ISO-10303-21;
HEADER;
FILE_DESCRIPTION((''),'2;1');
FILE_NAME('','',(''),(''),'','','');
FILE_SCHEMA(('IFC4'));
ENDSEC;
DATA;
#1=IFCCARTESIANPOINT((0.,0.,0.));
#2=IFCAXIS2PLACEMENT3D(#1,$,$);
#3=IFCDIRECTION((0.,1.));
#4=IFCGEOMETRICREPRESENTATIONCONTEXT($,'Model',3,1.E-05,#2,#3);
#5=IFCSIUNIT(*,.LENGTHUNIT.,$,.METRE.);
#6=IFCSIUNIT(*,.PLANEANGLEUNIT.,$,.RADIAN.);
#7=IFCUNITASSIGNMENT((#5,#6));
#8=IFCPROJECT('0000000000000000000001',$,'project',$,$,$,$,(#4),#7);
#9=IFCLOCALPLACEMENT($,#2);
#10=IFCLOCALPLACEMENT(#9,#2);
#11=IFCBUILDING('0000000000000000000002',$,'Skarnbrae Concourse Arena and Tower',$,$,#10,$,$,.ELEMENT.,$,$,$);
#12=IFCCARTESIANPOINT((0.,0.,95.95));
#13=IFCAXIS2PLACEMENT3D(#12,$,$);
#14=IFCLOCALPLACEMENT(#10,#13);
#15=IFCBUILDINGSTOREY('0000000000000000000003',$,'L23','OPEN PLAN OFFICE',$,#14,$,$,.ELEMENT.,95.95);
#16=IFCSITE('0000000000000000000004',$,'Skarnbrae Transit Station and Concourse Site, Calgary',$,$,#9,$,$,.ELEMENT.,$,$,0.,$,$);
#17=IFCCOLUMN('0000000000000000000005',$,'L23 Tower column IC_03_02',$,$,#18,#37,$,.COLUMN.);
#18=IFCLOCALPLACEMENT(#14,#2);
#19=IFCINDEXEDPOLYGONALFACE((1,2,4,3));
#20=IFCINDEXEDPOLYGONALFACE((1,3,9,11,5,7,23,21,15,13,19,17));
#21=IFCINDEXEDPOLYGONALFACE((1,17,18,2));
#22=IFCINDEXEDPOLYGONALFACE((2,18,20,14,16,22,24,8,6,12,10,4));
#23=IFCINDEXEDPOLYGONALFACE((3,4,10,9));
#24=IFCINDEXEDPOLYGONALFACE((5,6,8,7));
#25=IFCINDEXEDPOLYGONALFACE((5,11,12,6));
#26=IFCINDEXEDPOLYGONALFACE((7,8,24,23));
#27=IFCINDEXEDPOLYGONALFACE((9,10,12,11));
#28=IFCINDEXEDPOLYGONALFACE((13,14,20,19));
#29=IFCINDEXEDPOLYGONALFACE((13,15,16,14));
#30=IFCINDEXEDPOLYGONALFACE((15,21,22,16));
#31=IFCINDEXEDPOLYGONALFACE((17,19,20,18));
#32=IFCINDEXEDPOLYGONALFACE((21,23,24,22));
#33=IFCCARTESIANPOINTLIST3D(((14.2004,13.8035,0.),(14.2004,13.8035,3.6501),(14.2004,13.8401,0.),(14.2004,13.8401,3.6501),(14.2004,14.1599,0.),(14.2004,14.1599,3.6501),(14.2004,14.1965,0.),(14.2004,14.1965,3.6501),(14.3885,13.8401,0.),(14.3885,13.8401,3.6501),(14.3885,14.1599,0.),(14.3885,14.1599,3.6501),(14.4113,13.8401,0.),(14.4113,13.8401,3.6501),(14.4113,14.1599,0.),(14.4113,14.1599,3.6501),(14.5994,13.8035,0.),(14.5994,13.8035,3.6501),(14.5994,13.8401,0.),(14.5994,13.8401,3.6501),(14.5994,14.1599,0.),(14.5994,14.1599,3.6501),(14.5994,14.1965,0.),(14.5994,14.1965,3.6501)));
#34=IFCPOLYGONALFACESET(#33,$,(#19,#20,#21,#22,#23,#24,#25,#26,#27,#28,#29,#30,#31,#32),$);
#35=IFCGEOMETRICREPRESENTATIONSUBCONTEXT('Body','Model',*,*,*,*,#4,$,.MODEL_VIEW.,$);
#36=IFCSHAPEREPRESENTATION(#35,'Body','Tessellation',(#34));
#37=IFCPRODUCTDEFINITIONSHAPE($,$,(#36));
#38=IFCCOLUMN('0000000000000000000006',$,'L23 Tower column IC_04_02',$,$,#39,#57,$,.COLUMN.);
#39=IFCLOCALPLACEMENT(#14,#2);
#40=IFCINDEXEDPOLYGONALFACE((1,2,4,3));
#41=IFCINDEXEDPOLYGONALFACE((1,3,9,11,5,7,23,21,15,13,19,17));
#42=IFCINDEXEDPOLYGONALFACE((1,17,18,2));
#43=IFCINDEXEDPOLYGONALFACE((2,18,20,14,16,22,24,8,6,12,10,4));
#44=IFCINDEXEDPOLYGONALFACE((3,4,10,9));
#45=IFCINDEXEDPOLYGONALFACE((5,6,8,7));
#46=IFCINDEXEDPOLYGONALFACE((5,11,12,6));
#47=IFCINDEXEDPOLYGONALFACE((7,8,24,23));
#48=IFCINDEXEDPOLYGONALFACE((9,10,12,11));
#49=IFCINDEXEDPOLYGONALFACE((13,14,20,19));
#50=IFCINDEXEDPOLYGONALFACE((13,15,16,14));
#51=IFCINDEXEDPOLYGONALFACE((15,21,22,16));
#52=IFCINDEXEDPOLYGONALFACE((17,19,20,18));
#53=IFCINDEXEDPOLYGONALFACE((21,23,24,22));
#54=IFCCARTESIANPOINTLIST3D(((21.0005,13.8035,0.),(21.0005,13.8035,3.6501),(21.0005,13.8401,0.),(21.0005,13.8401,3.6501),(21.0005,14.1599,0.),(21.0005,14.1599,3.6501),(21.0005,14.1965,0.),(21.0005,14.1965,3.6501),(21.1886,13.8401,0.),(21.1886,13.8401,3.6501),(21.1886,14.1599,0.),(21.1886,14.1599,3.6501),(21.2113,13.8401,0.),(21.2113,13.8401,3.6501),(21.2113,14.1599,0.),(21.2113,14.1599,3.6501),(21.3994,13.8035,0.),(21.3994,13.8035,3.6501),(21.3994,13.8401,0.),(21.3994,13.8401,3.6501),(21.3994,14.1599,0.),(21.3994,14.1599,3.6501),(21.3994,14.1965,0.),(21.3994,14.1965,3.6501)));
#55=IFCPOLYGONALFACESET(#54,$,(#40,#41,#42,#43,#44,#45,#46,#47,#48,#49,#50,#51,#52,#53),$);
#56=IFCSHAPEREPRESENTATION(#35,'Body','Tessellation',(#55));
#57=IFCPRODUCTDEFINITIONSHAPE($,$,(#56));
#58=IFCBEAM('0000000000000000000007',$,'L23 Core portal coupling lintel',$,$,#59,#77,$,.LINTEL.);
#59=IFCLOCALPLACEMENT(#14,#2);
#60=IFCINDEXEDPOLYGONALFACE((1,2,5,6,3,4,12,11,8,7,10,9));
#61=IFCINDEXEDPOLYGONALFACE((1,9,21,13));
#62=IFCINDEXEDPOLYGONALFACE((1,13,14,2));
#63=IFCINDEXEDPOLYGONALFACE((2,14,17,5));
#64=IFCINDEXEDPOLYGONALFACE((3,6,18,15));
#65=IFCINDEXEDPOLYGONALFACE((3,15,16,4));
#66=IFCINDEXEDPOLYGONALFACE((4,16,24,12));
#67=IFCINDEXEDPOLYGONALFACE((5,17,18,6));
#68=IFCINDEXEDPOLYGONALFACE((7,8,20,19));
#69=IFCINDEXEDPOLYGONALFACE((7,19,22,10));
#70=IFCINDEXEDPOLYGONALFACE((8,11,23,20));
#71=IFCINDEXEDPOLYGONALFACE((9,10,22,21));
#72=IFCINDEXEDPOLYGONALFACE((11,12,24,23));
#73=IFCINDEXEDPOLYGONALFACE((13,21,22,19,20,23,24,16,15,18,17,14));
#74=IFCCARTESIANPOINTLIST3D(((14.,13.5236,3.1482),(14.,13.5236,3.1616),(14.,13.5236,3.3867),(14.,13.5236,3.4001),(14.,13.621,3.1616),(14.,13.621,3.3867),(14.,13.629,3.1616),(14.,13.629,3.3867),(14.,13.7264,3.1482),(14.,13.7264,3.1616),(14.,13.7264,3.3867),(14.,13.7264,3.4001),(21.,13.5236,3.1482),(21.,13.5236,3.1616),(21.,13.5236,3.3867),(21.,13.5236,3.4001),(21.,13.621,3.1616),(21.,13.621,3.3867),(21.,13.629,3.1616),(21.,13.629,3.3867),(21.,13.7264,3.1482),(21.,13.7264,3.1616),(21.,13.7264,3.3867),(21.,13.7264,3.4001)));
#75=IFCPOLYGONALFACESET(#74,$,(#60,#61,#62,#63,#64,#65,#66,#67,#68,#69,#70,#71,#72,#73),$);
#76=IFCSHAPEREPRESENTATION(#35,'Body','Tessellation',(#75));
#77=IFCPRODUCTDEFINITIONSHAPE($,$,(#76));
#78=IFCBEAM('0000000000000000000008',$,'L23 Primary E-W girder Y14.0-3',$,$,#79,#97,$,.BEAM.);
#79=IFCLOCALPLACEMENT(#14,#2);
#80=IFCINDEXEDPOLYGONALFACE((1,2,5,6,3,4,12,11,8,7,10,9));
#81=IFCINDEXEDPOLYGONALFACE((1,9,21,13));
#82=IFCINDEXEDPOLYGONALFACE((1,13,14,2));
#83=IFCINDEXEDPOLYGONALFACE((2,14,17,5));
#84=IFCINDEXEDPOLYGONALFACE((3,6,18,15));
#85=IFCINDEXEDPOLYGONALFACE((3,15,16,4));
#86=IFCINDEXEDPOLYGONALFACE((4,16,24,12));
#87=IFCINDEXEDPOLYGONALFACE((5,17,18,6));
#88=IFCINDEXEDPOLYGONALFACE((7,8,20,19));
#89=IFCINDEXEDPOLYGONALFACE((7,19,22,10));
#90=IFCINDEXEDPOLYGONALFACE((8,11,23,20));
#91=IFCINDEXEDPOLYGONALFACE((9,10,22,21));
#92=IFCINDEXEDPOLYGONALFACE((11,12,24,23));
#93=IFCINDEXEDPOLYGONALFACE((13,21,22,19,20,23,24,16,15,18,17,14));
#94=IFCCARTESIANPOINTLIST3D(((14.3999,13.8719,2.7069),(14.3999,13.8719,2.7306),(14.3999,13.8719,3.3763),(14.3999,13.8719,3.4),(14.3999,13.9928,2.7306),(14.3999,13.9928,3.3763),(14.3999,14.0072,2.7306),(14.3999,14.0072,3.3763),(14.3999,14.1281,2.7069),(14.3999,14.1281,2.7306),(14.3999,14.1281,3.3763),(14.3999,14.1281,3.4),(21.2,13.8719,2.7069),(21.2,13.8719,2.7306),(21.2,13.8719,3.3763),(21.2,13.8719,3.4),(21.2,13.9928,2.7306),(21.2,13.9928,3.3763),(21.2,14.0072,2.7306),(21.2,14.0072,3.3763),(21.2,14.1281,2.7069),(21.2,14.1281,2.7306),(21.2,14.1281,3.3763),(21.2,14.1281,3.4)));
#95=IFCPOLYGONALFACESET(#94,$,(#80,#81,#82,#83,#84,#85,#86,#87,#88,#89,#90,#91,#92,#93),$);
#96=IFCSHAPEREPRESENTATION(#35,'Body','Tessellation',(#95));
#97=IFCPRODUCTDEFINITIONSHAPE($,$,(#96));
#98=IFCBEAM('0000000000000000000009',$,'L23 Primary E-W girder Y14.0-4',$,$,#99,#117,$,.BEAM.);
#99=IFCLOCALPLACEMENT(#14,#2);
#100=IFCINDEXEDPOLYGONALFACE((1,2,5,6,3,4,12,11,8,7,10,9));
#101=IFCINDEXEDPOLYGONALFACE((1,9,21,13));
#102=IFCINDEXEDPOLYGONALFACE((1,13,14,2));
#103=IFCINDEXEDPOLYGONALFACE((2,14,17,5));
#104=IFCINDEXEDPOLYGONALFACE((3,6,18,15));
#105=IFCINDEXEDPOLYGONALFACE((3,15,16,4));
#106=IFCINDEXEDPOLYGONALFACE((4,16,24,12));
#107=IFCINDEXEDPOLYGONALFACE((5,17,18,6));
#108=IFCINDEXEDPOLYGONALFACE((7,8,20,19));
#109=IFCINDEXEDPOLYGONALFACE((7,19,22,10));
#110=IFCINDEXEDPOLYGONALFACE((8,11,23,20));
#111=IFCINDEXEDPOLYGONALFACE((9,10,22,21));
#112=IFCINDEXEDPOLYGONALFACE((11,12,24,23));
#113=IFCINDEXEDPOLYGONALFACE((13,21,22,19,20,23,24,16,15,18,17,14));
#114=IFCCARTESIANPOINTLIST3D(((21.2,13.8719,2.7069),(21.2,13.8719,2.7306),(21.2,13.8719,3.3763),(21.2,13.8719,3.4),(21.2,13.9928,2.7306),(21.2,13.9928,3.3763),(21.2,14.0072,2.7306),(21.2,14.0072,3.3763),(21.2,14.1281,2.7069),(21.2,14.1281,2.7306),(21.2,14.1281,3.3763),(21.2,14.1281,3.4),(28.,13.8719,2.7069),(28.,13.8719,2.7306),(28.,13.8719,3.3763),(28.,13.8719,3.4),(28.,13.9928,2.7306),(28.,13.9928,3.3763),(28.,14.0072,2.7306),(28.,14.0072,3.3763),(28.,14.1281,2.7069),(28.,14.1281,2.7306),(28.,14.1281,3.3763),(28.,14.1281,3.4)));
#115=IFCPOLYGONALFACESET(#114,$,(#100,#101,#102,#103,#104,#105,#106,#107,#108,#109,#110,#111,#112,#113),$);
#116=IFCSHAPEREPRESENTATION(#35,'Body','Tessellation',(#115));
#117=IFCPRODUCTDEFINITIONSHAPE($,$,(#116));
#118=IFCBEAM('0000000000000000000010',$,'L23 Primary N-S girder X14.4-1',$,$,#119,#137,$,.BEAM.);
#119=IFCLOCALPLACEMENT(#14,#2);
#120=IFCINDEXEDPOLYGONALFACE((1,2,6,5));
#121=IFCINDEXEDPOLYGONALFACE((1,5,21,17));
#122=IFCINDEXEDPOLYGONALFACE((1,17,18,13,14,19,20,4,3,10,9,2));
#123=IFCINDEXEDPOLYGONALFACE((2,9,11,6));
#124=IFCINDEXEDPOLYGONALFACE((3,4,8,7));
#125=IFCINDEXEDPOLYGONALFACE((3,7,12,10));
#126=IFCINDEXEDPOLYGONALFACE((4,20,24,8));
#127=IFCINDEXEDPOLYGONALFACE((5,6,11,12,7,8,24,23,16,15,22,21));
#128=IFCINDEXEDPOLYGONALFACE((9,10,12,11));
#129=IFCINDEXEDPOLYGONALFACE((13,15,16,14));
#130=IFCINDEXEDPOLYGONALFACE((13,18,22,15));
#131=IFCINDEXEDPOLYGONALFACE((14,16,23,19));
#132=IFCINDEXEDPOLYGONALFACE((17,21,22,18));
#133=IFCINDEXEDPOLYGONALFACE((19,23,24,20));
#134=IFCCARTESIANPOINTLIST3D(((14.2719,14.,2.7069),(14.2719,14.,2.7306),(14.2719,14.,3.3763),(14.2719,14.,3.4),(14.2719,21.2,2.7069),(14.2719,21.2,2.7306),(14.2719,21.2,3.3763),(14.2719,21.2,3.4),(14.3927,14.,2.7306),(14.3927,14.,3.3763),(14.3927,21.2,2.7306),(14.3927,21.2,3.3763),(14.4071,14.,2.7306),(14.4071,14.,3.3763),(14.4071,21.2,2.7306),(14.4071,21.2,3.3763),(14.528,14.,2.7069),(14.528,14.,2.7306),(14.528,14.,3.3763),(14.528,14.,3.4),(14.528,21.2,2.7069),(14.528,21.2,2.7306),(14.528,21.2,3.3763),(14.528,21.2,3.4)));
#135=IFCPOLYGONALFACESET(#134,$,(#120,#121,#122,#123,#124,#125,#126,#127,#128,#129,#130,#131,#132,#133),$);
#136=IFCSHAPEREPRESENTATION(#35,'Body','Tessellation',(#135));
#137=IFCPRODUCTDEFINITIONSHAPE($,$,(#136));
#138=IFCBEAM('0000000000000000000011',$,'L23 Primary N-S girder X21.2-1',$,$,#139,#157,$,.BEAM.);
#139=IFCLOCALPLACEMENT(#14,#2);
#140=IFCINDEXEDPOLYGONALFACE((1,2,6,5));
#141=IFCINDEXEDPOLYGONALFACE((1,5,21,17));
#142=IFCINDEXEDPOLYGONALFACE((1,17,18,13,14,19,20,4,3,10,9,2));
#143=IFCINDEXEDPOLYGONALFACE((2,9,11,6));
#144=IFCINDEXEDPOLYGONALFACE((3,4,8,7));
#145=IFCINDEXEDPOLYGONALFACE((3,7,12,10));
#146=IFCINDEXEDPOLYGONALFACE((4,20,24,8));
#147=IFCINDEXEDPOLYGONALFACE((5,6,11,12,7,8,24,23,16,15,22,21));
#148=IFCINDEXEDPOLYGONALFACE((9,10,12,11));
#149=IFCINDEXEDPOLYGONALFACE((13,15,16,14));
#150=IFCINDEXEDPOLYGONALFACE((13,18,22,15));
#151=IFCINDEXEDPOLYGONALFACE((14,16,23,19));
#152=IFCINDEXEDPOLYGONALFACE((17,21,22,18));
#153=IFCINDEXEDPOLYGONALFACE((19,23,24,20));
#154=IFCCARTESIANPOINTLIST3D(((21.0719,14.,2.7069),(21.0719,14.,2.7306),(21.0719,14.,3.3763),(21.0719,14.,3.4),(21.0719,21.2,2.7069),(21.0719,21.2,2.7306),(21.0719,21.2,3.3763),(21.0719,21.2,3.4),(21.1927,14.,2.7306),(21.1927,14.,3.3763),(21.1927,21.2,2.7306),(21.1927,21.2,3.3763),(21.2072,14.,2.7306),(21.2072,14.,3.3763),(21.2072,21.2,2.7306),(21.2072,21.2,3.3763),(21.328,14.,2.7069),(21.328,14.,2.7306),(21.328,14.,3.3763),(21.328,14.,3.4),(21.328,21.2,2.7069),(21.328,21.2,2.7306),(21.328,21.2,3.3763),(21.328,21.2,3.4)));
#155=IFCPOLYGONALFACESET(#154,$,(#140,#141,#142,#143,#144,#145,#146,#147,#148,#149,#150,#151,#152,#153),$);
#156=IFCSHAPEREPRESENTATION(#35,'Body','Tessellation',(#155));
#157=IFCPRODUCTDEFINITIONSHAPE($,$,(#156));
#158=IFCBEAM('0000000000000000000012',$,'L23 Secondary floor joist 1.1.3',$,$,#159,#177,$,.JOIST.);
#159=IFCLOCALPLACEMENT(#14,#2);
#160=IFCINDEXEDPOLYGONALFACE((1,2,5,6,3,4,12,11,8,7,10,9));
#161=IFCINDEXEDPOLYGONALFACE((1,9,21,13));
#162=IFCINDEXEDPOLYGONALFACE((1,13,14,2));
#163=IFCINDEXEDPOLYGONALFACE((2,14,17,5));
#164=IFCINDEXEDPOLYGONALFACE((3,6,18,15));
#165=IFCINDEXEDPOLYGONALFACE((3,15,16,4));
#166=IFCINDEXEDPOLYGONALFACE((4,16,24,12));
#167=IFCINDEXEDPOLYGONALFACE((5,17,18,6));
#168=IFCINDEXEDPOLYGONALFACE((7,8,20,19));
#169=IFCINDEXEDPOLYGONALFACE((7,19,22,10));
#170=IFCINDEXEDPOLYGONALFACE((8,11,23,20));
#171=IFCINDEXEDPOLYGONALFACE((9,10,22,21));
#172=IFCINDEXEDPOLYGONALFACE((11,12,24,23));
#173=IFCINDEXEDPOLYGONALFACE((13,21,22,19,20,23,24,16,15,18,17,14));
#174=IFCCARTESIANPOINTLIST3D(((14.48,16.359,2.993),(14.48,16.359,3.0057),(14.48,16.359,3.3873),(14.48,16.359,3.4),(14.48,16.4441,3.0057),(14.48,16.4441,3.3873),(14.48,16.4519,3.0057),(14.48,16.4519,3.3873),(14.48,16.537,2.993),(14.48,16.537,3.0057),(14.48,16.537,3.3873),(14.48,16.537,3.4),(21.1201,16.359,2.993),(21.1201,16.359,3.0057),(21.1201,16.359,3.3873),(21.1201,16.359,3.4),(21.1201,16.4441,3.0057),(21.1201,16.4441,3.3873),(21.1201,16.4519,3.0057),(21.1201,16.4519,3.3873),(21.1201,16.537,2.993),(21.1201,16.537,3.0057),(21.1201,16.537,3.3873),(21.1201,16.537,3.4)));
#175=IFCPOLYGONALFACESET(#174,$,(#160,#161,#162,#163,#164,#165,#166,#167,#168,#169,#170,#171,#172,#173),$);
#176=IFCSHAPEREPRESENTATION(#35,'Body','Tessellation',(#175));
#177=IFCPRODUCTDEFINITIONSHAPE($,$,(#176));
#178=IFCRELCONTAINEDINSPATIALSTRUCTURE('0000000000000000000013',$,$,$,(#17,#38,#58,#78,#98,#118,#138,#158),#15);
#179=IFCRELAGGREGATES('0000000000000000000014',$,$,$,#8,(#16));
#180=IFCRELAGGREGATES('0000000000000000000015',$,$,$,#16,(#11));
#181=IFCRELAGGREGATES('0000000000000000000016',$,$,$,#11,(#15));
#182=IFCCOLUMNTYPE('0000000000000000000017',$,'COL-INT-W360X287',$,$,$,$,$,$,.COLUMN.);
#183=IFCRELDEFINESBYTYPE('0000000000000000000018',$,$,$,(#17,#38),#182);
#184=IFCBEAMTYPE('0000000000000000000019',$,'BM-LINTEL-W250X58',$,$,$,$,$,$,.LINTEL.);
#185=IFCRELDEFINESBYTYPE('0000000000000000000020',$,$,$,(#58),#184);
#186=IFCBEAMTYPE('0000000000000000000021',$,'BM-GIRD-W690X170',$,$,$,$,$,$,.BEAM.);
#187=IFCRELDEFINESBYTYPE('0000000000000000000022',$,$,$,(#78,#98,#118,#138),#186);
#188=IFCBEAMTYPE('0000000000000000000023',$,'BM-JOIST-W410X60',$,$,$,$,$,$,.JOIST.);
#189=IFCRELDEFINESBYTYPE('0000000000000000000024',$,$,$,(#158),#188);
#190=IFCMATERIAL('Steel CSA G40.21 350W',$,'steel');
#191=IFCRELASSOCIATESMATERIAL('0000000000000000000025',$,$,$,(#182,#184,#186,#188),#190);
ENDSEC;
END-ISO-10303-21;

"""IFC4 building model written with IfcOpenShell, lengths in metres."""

from ifc_helpers import new_model, si_unit, direction, frame, origin, origin_2d, place, context, subcontext, project, spatial, i_section, extrude, source, transform, mapped, material, material_profile, profile_set, type_object, element, save


model = new_model("IFC4")

# Units and contexts
model_context = context("Model", 3, precision=1e-05, world=origin(), true_north=direction((0.0, 1.0)))
body_context = subcontext(model_context, "Body", "Model", "MODEL_VIEW")
ifc_project = project(units=[si_unit("LENGTHUNIT", "METRE"), si_unit("PLANEANGLEUNIT", "RADIAN")], contexts=[model_context])

# Site, building, storey
site_placement = place(None, origin())
site = spatial("IfcSite", under=ifc_project, at=site_placement, Name="Skarnbrae Transit Station and Concourse Site, Calgary", CompositionType="ELEMENT", RefElevation=0.0)
building_placement = place(site_placement, origin())
building = spatial("IfcBuilding", under=site, at=building_placement, Name="Skarnbrae Concourse Arena and Tower", CompositionType="ELEMENT")
storey_placement = place(building_placement, frame((0.0, 0.0, 95.95)))
storey = spatial("IfcBuildingStorey", under=building, at=storey_placement, Name="L23", Description="OPEN PLAN OFFICE", CompositionType="ELEMENT", Elevation=95.95)

# Columns
ifc_material_1 = material(Name="Steel CSA G40.21 350W", Category="steel")
ifc_material_profile_1 = material_profile(ifc_material_1, i_section(OverallWidth=0.3989, OverallDepth=0.3931, WebThickness=0.0227, FlangeThickness=0.0366, at=origin_2d()), Name="W360X287")
ifc_profile_set_1 = profile_set([ifc_material_profile_1], Name="Steel CSA G40.21 350W")
column_type = type_object("IfcColumnType", Name="COL-INT-W360X287", PredefinedType="COLUMN", material=ifc_profile_set_1)
shared_shape_1 = source(origin(), body_context, "Body", "SweptSolid", [
    extrude(i_section(OverallWidth=0.3989, OverallDepth=0.3931, WebThickness=0.0227, FlangeThickness=0.0366, at=origin_2d()), origin(), (0.0, 0.0, 1.0), 3.6501),
])
for number, where, z_axis, x_axis, name in (
    (1, (14.3999, 14.0, 0.0), (0.0, 0.0, 1.0), (1.0, 0.0, 0.0), "L23 Tower column IC_03_02"),
    (2, (21.2, 14.0, 0.0), (0.0, 0.0, 1.0), (1.0, 0.0, 0.0), "L23 Tower column IC_04_02"),
):
    element("IfcColumn", number, at=place(storey_placement, frame(where, z_axis=z_axis, x_axis=x_axis)), inside=storey, type_object=column_type, Name=name, PredefinedType="COLUMN", context=body_context, shape_type="MappedRepresentation", body=[
        mapped(shared_shape_1, transform((0.0, 0.0, 0.0))),
    ])

# Beams
ifc_material_profile_2 = material_profile(ifc_material_1, i_section(OverallWidth=0.2029, OverallDepth=0.252, WebThickness=0.0081, FlangeThickness=0.0134, at=origin_2d()), Name="W250X58")
ifc_profile_set_2 = profile_set([ifc_material_profile_2], Name="Steel CSA G40.21 350W")
beam_type_1 = type_object("IfcBeamType", Name="BM-LINTEL-W250X58", PredefinedType="LINTEL", material=ifc_profile_set_2)
shared_shape_2 = source(origin(), body_context, "Body", "SweptSolid", [
    extrude(i_section(OverallWidth=0.2029, OverallDepth=0.252, WebThickness=0.0081, FlangeThickness=0.0134, at=origin_2d()), origin(), (0.0, 0.0, 1.0), 7.0),
])
beam_placement = place(storey_placement, frame((14.0, 13.625, 3.2742), z_axis=(1.0, 0.0, 0.0), x_axis=(0.0, 1.0, 0.0)))
element("IfcBeam", 3, at=beam_placement, inside=storey, type_object=beam_type_1, Name="L23 Core portal coupling lintel", PredefinedType="LINTEL", context=body_context, shape_type="MappedRepresentation", body=[
    mapped(shared_shape_2, transform((0.0, 0.0, 0.0))),
])
ifc_material_profile_3 = material_profile(ifc_material_1, i_section(OverallWidth=0.2561, OverallDepth=0.6931, WebThickness=0.0144, FlangeThickness=0.0237, at=origin_2d()), Name="W690X170")
ifc_profile_set_3 = profile_set([ifc_material_profile_3], Name="Steel CSA G40.21 350W")
beam_type_2 = type_object("IfcBeamType", Name="BM-GIRD-W690X170", PredefinedType="BEAM", material=ifc_profile_set_3)
shared_shape_3 = source(origin(), body_context, "Body", "SweptSolid", [
    extrude(i_section(OverallWidth=0.2561, OverallDepth=0.6931, WebThickness=0.0144, FlangeThickness=0.0237, at=origin_2d()), origin(), (0.0, 0.0, 1.0), 6.8),
])
for number, where, z_axis, x_axis, name in (
    (4, (14.3999, 14.0, 3.0535), (1.0, 0.0, 0.0), (0.0, 1.0, 0.0), "L23 Primary E-W girder Y14.0-3"),
    (5, (21.2, 14.0, 3.0535), (1.0, 0.0, 0.0), (0.0, 1.0, 0.0), "L23 Primary E-W girder Y14.0-4"),
):
    element("IfcBeam", number, at=place(storey_placement, frame(where, z_axis=z_axis, x_axis=x_axis)), inside=storey, type_object=beam_type_2, Name=name, PredefinedType="BEAM", context=body_context, shape_type="MappedRepresentation", body=[
        mapped(shared_shape_3, transform((0.0, 0.0, 0.0))),
    ])
shared_shape_4 = source(origin(), body_context, "Body", "SweptSolid", [
    extrude(i_section(OverallWidth=0.2561, OverallDepth=0.6931, WebThickness=0.0144, FlangeThickness=0.0237, at=origin_2d()), origin(), (0.0, 0.0, 1.0), 7.2),
])
for number, where, z_axis, x_axis, name in (
    (6, (14.3999, 14.0, 3.0535), (0.0, 1.0, 0.0), (-1.0, 0.0, 0.0), "L23 Primary N-S girder X14.4-1"),
    (7, (21.2, 14.0, 3.0535), (0.0, 1.0, 0.0), (-1.0, 0.0, 0.0), "L23 Primary N-S girder X21.2-1"),
):
    element("IfcBeam", number, at=place(storey_placement, frame(where, z_axis=z_axis, x_axis=x_axis)), inside=storey, type_object=beam_type_2, Name=name, PredefinedType="BEAM", context=body_context, shape_type="MappedRepresentation", body=[
        mapped(shared_shape_4, transform((0.0, 0.0, 0.0))),
    ])
ifc_material_profile_4 = material_profile(ifc_material_1, i_section(OverallWidth=0.178, OverallDepth=0.407, WebThickness=0.0078, FlangeThickness=0.0127, at=origin_2d()), Name="W410X60")
ifc_profile_set_4 = profile_set([ifc_material_profile_4], Name="Steel CSA G40.21 350W")
beam_type_3 = type_object("IfcBeamType", Name="BM-JOIST-W410X60", PredefinedType="JOIST", material=ifc_profile_set_4)
shared_shape_5 = source(origin(), body_context, "Body", "SweptSolid", [
    extrude(i_section(OverallWidth=0.178, OverallDepth=0.407, WebThickness=0.0078, FlangeThickness=0.0127, at=origin_2d()), origin(), (0.0, 0.0, 1.0), 6.6401),
])
for number, where, z_axis, x_axis, name in (
    (8, (14.48, 16.448, 3.1965), (1.0, 0.0, 0.0), (0.0, 1.0, 0.0), "L23 Secondary floor joist 1.1.3"),
):
    element("IfcBeam", number, at=place(storey_placement, frame(where, z_axis=z_axis, x_axis=x_axis)), inside=storey, type_object=beam_type_3, Name=name, PredefinedType="JOIST", context=body_context, shape_type="MappedRepresentation", body=[
        mapped(shared_shape_5, transform((0.0, 0.0, 0.0))),
    ])

save(model, "model.ifc")
